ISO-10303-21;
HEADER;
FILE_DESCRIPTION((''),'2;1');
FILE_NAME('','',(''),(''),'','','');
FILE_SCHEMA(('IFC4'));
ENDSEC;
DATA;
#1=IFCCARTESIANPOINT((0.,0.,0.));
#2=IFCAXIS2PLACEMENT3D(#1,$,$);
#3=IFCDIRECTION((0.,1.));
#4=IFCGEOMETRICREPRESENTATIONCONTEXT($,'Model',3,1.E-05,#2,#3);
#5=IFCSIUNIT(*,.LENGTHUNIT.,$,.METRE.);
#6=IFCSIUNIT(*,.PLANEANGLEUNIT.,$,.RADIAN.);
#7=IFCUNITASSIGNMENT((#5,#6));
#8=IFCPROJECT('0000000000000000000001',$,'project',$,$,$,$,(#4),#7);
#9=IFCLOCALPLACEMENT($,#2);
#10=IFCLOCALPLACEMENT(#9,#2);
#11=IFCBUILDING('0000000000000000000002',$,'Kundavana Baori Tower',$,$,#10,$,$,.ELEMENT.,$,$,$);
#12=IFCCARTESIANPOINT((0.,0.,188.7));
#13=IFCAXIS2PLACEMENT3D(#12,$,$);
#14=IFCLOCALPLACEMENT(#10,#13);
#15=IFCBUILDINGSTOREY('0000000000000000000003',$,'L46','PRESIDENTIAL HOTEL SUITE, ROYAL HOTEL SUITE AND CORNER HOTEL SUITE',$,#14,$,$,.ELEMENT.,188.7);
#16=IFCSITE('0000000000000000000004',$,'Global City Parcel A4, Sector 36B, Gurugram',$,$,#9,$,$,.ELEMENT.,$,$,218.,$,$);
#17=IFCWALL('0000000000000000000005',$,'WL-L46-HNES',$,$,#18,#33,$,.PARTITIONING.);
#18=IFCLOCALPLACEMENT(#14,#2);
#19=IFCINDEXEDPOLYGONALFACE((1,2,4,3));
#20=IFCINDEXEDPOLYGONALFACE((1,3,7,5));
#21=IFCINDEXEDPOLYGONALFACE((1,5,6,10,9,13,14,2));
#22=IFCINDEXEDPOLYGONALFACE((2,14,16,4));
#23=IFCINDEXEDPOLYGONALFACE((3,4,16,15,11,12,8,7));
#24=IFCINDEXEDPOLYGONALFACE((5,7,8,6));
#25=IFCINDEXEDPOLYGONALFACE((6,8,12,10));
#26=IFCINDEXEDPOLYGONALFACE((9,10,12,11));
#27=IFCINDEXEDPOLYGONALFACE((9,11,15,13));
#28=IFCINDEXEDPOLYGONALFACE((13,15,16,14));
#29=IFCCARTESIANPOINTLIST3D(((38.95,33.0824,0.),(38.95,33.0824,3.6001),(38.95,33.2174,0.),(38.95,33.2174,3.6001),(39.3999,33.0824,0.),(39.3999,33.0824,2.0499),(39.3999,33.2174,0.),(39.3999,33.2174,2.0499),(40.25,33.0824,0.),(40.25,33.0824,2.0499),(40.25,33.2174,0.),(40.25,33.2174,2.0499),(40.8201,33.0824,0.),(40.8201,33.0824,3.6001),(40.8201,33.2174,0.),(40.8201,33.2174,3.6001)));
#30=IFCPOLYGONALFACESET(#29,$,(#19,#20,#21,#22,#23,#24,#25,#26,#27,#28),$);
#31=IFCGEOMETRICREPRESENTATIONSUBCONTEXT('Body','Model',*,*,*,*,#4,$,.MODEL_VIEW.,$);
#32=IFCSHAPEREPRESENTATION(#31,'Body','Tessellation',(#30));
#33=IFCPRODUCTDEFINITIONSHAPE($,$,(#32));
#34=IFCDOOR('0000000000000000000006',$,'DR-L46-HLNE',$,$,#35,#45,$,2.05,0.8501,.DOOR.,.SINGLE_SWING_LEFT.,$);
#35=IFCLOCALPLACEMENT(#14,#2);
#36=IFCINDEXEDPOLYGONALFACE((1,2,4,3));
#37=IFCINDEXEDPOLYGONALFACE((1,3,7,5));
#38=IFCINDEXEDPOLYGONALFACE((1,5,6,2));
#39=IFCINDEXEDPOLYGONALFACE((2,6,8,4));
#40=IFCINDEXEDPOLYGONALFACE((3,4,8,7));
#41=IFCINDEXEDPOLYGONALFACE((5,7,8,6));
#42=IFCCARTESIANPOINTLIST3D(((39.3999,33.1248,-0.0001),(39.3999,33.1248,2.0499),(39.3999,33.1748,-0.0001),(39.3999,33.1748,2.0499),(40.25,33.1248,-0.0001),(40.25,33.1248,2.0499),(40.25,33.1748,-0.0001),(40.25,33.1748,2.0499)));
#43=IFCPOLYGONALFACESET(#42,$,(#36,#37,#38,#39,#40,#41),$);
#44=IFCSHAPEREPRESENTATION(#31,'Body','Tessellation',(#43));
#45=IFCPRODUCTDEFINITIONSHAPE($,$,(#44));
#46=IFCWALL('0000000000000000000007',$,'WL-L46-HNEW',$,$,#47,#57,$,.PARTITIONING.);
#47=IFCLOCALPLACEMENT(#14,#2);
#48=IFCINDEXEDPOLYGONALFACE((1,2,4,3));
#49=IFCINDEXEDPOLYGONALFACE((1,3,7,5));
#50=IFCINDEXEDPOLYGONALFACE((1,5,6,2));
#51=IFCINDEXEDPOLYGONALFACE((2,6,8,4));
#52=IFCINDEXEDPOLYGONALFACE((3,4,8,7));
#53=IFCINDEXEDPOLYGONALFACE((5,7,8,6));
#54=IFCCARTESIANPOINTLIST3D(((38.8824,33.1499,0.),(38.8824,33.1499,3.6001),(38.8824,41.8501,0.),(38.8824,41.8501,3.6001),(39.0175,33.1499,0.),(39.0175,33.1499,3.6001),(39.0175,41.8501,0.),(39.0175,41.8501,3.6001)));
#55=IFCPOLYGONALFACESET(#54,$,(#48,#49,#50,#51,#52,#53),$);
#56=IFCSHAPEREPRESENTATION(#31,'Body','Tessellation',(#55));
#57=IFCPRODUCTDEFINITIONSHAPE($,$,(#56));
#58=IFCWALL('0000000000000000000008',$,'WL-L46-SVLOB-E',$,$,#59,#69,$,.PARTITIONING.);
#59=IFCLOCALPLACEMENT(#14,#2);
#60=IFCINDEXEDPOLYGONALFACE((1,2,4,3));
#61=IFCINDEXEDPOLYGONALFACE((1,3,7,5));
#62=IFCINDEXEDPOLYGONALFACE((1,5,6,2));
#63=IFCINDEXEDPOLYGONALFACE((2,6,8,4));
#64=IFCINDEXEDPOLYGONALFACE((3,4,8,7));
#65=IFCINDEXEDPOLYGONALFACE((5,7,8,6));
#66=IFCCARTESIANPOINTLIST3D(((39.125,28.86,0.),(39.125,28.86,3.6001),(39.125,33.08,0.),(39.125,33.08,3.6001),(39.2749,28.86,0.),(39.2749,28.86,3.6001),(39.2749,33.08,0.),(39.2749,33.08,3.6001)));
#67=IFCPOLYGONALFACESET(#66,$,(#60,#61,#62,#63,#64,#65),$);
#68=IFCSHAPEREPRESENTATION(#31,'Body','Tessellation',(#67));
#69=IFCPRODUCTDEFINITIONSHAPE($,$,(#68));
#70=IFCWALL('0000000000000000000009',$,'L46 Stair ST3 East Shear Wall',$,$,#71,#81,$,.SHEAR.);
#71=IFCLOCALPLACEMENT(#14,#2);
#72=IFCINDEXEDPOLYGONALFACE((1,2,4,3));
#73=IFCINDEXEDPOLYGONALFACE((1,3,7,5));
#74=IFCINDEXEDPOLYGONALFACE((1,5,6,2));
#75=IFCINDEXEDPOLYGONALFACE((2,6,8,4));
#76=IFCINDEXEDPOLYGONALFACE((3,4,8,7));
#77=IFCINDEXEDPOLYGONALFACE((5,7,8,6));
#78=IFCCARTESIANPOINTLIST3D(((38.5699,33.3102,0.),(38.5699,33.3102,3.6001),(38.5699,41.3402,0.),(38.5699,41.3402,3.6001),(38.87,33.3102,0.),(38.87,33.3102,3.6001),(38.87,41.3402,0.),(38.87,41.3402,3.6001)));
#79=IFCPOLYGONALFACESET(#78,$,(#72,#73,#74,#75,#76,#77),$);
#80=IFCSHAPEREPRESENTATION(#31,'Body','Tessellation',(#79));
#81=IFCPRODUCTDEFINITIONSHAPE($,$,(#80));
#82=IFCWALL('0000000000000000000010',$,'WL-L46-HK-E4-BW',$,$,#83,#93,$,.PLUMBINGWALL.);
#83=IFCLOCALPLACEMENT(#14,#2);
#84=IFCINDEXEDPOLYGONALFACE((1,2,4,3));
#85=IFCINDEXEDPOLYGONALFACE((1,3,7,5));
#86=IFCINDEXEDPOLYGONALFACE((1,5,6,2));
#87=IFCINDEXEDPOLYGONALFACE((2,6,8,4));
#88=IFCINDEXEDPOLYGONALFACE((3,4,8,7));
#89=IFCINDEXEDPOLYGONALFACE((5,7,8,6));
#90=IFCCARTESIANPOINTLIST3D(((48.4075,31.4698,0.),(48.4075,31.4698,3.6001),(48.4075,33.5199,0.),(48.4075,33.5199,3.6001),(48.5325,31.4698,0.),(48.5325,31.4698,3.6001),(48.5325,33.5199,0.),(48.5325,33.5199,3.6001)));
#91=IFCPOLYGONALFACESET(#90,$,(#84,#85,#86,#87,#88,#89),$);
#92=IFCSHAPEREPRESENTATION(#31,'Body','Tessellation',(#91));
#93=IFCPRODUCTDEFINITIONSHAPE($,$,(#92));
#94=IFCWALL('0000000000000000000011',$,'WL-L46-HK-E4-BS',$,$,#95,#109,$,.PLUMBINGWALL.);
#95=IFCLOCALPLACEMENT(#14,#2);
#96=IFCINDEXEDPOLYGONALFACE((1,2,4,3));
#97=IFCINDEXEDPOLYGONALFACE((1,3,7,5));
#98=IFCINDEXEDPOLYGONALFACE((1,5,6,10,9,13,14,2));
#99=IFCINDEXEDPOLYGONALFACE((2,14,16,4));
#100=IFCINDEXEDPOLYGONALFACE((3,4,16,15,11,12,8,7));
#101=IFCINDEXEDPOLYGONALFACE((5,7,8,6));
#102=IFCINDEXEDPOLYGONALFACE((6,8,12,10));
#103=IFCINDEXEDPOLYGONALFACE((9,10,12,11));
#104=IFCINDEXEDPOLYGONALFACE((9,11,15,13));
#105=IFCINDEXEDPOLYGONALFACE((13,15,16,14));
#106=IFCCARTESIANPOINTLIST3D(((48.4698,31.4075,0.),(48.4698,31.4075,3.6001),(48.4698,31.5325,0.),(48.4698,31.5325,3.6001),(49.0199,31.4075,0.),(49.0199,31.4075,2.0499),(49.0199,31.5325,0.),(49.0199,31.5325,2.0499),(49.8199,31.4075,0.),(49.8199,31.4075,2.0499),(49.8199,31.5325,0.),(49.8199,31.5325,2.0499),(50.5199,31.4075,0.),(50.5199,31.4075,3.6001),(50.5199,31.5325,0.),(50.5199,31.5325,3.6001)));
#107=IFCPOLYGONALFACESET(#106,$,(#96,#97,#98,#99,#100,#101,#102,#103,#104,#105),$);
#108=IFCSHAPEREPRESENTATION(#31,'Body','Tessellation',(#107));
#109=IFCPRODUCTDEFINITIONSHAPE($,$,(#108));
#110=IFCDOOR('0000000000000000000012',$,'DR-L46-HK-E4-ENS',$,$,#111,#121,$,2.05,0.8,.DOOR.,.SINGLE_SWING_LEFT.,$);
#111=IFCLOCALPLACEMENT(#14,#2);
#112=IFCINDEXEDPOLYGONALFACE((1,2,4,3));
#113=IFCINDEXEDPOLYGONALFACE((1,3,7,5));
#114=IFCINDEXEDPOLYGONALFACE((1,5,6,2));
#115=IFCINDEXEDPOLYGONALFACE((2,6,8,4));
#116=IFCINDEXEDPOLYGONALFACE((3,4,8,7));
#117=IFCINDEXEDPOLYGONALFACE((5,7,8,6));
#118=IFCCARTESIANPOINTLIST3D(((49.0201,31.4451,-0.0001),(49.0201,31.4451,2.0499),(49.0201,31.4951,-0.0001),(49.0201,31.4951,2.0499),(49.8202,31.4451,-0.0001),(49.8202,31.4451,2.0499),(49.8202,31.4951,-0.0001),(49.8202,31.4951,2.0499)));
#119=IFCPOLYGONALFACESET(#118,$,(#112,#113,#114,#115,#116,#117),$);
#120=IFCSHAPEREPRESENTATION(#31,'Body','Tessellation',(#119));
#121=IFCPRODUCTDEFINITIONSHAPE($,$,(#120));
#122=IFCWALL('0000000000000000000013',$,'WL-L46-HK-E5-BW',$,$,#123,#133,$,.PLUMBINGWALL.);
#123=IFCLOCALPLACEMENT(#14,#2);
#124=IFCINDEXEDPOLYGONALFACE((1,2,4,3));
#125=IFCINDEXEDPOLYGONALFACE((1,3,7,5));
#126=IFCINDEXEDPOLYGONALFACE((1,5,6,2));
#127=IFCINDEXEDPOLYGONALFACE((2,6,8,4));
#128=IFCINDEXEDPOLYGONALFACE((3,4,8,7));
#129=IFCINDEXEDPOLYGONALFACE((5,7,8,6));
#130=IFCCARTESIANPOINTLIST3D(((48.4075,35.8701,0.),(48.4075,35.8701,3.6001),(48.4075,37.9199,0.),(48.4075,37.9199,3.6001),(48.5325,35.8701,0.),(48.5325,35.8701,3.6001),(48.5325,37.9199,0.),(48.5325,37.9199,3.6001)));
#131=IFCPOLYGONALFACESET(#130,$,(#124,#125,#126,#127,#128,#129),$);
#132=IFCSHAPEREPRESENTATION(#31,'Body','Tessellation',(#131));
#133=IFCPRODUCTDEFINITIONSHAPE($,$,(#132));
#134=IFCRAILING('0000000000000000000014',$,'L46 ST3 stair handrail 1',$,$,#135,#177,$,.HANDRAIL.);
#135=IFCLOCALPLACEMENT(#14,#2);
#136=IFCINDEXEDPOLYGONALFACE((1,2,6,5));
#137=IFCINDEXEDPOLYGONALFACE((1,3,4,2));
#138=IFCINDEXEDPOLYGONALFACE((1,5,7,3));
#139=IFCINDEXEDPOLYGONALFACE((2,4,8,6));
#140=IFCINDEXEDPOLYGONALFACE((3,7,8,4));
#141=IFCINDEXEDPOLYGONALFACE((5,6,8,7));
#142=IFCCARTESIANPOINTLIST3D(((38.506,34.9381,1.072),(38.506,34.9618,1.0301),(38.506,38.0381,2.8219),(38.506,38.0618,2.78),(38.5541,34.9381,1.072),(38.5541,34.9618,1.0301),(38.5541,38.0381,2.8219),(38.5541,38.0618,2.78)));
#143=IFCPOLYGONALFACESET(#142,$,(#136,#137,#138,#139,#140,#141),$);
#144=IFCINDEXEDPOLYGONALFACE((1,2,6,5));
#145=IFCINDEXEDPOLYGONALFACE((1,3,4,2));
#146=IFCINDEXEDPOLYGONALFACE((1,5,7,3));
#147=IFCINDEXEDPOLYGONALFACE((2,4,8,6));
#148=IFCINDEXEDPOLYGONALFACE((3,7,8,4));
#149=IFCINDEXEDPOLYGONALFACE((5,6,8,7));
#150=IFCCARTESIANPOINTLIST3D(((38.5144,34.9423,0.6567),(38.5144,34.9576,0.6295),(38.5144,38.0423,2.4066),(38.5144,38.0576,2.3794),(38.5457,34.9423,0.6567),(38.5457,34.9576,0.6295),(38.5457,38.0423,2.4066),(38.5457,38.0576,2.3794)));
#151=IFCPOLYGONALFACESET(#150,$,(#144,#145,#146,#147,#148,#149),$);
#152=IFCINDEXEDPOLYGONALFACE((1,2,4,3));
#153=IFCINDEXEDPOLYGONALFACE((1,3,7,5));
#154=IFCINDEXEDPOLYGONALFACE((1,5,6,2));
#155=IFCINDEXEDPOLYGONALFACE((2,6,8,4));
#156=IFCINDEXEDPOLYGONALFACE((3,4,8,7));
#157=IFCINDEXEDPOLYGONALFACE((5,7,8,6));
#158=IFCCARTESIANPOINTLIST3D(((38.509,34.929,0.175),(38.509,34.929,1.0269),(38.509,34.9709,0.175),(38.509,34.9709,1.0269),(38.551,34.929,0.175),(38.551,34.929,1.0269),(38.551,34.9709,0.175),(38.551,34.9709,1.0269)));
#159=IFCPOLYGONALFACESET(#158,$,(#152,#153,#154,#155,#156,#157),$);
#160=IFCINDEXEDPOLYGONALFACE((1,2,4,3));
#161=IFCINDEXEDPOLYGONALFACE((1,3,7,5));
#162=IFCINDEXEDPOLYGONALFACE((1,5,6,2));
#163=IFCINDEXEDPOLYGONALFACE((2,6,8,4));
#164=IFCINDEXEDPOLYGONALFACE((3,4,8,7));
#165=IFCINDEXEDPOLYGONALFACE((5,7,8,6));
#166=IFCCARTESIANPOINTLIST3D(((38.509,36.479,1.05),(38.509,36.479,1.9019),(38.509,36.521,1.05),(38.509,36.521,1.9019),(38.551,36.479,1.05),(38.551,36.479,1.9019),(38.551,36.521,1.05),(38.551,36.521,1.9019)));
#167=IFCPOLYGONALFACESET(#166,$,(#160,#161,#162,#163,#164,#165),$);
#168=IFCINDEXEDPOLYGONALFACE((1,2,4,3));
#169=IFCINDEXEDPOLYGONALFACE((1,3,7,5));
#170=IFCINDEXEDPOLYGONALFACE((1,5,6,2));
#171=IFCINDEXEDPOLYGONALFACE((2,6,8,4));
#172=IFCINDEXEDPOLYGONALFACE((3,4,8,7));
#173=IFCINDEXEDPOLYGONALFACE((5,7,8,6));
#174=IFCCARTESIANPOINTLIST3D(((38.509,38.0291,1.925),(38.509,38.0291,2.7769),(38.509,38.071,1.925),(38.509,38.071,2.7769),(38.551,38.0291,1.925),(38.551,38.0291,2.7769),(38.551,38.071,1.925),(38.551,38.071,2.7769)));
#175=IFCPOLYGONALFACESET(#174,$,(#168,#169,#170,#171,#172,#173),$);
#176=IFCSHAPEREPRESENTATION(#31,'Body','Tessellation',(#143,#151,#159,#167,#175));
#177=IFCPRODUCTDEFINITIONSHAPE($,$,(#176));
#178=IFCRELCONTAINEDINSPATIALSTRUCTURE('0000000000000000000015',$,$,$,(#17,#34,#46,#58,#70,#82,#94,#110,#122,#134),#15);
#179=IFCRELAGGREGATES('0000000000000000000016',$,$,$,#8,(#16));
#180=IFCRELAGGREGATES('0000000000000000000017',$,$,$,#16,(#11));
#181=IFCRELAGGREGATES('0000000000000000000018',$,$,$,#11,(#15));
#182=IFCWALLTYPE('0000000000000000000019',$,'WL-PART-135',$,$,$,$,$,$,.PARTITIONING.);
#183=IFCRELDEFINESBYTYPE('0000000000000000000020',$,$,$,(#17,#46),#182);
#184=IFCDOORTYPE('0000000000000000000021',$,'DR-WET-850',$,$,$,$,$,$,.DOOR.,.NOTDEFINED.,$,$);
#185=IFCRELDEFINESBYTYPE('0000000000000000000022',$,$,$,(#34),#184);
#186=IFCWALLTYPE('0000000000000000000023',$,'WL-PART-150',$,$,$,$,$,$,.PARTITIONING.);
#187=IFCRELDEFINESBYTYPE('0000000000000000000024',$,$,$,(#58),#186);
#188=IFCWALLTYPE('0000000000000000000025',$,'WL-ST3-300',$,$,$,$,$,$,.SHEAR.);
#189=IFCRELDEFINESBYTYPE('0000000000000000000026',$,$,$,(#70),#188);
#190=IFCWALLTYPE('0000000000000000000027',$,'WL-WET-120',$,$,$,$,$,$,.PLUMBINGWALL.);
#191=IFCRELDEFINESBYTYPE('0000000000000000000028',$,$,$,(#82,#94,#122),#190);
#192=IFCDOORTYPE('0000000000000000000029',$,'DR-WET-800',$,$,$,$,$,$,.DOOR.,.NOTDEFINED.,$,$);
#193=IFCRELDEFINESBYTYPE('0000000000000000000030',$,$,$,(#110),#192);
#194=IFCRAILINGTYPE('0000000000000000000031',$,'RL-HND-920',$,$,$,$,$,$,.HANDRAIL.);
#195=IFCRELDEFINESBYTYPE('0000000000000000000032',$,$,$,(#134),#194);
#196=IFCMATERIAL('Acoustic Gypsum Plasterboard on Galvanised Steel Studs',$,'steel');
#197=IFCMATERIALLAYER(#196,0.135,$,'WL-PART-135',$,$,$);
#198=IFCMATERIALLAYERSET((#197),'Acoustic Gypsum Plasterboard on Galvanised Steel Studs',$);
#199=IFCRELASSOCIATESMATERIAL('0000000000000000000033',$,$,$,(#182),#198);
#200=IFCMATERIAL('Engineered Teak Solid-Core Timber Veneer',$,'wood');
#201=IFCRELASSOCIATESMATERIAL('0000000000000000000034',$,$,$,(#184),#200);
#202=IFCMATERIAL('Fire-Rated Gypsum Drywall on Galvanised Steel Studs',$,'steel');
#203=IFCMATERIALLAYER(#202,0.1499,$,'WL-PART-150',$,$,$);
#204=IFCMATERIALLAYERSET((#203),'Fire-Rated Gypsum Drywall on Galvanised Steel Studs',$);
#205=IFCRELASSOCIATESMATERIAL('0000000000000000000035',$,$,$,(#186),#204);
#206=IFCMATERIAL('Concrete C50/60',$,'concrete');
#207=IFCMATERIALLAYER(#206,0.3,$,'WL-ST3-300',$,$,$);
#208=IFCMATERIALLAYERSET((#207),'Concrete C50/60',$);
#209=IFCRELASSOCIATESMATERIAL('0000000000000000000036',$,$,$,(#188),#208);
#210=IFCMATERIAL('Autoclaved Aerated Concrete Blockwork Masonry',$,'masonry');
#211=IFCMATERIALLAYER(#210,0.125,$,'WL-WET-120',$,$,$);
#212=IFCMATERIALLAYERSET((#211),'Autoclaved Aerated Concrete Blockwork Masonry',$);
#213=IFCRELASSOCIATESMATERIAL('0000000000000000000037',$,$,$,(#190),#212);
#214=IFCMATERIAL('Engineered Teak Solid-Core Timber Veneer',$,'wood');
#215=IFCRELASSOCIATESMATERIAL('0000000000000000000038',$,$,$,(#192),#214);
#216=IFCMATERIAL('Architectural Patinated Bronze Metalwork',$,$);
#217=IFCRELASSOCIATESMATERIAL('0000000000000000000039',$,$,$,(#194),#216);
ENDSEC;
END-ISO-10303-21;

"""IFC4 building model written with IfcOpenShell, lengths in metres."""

from ifc_helpers import new_model, si_unit, direction, frame, frame_2d, origin, origin_2d, place, context, subcontext, project, spatial, rectangle, extrude, material, layer, layer_set, type_object, element, fill, save


model = new_model("IFC4")

# Units and contexts
model_context = context("Model", 3, precision=1e-05, world=origin(), true_north=direction((0.0, 1.0)))
body_context = subcontext(model_context, "Body", "Model", "MODEL_VIEW")
ifc_project = project(units=[si_unit("LENGTHUNIT", "METRE"), si_unit("PLANEANGLEUNIT", "RADIAN")], contexts=[model_context])

# Site, building, storey
site_placement = place(None, origin())
site = spatial("IfcSite", under=ifc_project, at=site_placement, Name="Global City Parcel A4, Sector 36B, Gurugram", CompositionType="ELEMENT", RefElevation=218.0)
building_placement = place(site_placement, origin())
building = spatial("IfcBuilding", under=site, at=building_placement, Name="Kundavana Baori Tower", CompositionType="ELEMENT")
storey_placement = place(building_placement, frame((0.0, 0.0, 188.7)))
storey = spatial("IfcBuildingStorey", under=building, at=storey_placement, Name="L46", Description="PRESIDENTIAL HOTEL SUITE, ROYAL HOTEL SUITE AND CORNER HOTEL SUITE", CompositionType="ELEMENT", Elevation=188.7)

# Shared definitions
ifc_material_1 = material(Name="Acoustic Gypsum Plasterboard on Galvanised Steel Studs", Category="steel")
ifc_layer_1 = layer(ifc_material_1, 0.135, Name="WL-PART-135")
ifc_layer_set_1 = layer_set([ifc_layer_1], Name="Acoustic Gypsum Plasterboard on Galvanised Steel Studs")
wall_type_1 = type_object("IfcWallType", Name="WL-PART-135", PredefinedType="PARTITIONING", material=ifc_layer_set_1)

# Wall, opening, door
wall_1_placement = place(storey_placement, frame((38.95, 33.1499, 0.0), z_axis=(0.0, 0.0, 1.0), x_axis=(1.0, 0.0, 0.0)))
wall_1 = element("IfcWall", 1, at=wall_1_placement, inside=storey, type_object=wall_type_1, Name="WL-L46-HNES", PredefinedType="PARTITIONING", context=body_context, shape_type="SweptSolid", body=[
    extrude(rectangle(XDim=1.8701, YDim=0.135, at=frame_2d((0.9351, 0.0))), origin(), (0.0, 0.0, 1.0), 3.6001),
])
opening_1_placement = place(wall_1_placement, frame((0.45, 0.0, 0.0)))
opening_1 = element("IfcOpeningElement", 2, at=opening_1_placement, cuts=wall_1, PredefinedType="OPENING", context=body_context, shape_type="SweptSolid", body=[
    extrude(rectangle(XDim=0.8501, YDim=2.05, at=frame_2d((0.425, 1.0249))), frame((0.0, 0.0776, 0.0), z_axis=(0.0, -1.0, 0.0), x_axis=(1.0, 0.0, 0.0)), (0.0, 0.0, 1.0), 0.155),
])
ifc_material_2 = material(Name="Engineered Teak Solid-Core Timber Veneer", Category="wood")
door_type_1 = type_object("IfcDoorType", Name="DR-WET-850", OperationType="NOTDEFINED", PredefinedType="DOOR", material=ifc_material_2)
door_1_placement = place(opening_1_placement, origin())
door_1 = element("IfcDoor", 3, at=door_1_placement, inside=storey, type_object=door_type_1, Name="DR-L46-HLNE", OperationType="SINGLE_SWING_LEFT", OverallHeight=2.05, OverallWidth=0.8501, PredefinedType="DOOR", context=body_context, shape_type="SweptSolid", body=[
    extrude(rectangle(XDim=0.8501, YDim=2.05, at=frame_2d((0.425, 1.0249))), frame((0.0, 0.0249, 0.0), z_axis=(0.0, -1.0, 0.0), x_axis=(1.0, 0.0, 0.0)), (0.0, 0.0, 1.0), 0.05),
])
fill(opening_1, door_1)

# Walls
wall_2_placement = place(storey_placement, frame((38.95, 33.1499, 0.0), z_axis=(0.0, 0.0, 1.0), x_axis=(0.0, 1.0, 0.0)))
element("IfcWall", 4, at=wall_2_placement, inside=storey, type_object=wall_type_1, Name="WL-L46-HNEW", PredefinedType="PARTITIONING", context=body_context, shape_type="SweptSolid", body=[
    extrude(rectangle(XDim=8.7002, YDim=0.135, at=frame_2d((4.3501, 0.0))), origin(), (0.0, 0.0, 1.0), 3.6001),
])
ifc_material_3 = material(Name="Fire-Rated Gypsum Drywall on Galvanised Steel Studs", Category="steel")
ifc_layer_2 = layer(ifc_material_3, 0.1499, Name="WL-PART-150")
ifc_layer_set_2 = layer_set([ifc_layer_2], Name="Fire-Rated Gypsum Drywall on Galvanised Steel Studs")
wall_type_2 = type_object("IfcWallType", Name="WL-PART-150", PredefinedType="PARTITIONING", material=ifc_layer_set_2)
wall_3_placement = place(storey_placement, frame((39.2, 28.8601, 0.0), z_axis=(0.0, 0.0, 1.0), x_axis=(0.0, 1.0, 0.0)))
element("IfcWall", 5, at=wall_3_placement, inside=storey, type_object=wall_type_2, Name="WL-L46-SVLOB-E", PredefinedType="PARTITIONING", context=body_context, shape_type="SweptSolid", body=[
    extrude(rectangle(XDim=4.22, YDim=0.1499, at=frame_2d((2.1099, 0.0))), origin(), (0.0, 0.0, 1.0), 3.6001),
])
ifc_material_4 = material(Name="Concrete C50/60", Category="concrete")
ifc_layer_3 = layer(ifc_material_4, 0.3, Name="WL-ST3-300")
ifc_layer_set_3 = layer_set([ifc_layer_3], Name="Concrete C50/60")
wall_type_3 = type_object("IfcWallType", Name="WL-ST3-300", PredefinedType="SHEAR", material=ifc_layer_set_3)
wall_4_placement = place(storey_placement, frame((38.72, 33.3101, 0.0), z_axis=(0.0, 0.0, 1.0), x_axis=(0.0, 1.0, 0.0)))
element("IfcWall", 6, at=wall_4_placement, inside=storey, type_object=wall_type_3, Name="L46 Stair ST3 East Shear Wall", PredefinedType="SHEAR", context=body_context, shape_type="SweptSolid", body=[
    extrude(rectangle(XDim=8.03, YDim=0.3, at=frame_2d((4.0151, 0.0))), origin(), (0.0, 0.0, 1.0), 3.6001),
])
ifc_material_5 = material(Name="Autoclaved Aerated Concrete Blockwork Masonry", Category="masonry")
ifc_layer_4 = layer(ifc_material_5, 0.125, Name="WL-WET-120")
ifc_layer_set_4 = layer_set([ifc_layer_4], Name="Autoclaved Aerated Concrete Blockwork Masonry")
wall_type_4 = type_object("IfcWallType", Name="WL-WET-120", PredefinedType="PLUMBINGWALL", material=ifc_layer_set_4)
wall_5_placement = place(storey_placement, frame((48.47, 31.47, 0.0), z_axis=(0.0, 0.0, 1.0), x_axis=(0.0, 1.0, 0.0)))
element("IfcWall", 7, at=wall_5_placement, inside=storey, type_object=wall_type_4, Name="WL-L46-HK-E4-BW", PredefinedType="PLUMBINGWALL", context=body_context, shape_type="SweptSolid", body=[
    extrude(rectangle(XDim=2.05, YDim=0.125, at=frame_2d((1.0249, 0.0))), origin(), (0.0, 0.0, 1.0), 3.6001),
])

# Wall, opening, door
wall_6_placement = place(storey_placement, frame((48.47, 31.47, 0.0), z_axis=(0.0, 0.0, 1.0), x_axis=(1.0, 0.0, 0.0)))
wall_6 = element("IfcWall", 8, at=wall_6_placement, inside=storey, type_object=wall_type_4, Name="WL-L46-HK-E4-BS", PredefinedType="PLUMBINGWALL", context=body_context, shape_type="SweptSolid", body=[
    extrude(rectangle(XDim=2.05, YDim=0.125, at=frame_2d((1.0249, 0.0))), origin(), (0.0, 0.0, 1.0), 3.6001),
])
opening_2_placement = place(wall_6_placement, frame((0.55, 0.0, 0.0)))
opening_2 = element("IfcOpeningElement", 9, at=opening_2_placement, cuts=wall_6, PredefinedType="OPENING", context=body_context, shape_type="SweptSolid", body=[
    extrude(rectangle(XDim=0.8, YDim=2.05, at=frame_2d((0.3999, 1.0249))), frame((0.0, 0.0725, 0.0), z_axis=(0.0, -1.0, 0.0), x_axis=(1.0, 0.0, 0.0)), (0.0, 0.0, 1.0), 0.145),
])
ifc_material_6 = material(Name="Engineered Teak Solid-Core Timber Veneer", Category="wood")
door_type_2 = type_object("IfcDoorType", Name="DR-WET-800", OperationType="NOTDEFINED", PredefinedType="DOOR", material=ifc_material_6)
door_2_placement = place(opening_2_placement, frame((0.8, 0.0, 0.0), z_axis=(0.0, 0.0, 1.0), x_axis=(-1.0, 0.0, 0.0)))
door_2 = element("IfcDoor", 10, at=door_2_placement, inside=storey, type_object=door_type_2, Name="DR-L46-HK-E4-ENS", OperationType="SINGLE_SWING_LEFT", OverallHeight=2.05, OverallWidth=0.8, PredefinedType="DOOR", context=body_context, shape_type="SweptSolid", body=[
    extrude(rectangle(XDim=0.8, YDim=2.05, at=frame_2d((0.3999, 1.0249))), frame((0.0, 0.0249, 0.0), z_axis=(0.0, -1.0, 0.0), x_axis=(1.0, 0.0, 0.0)), (0.0, 0.0, 1.0), 0.05),
])
fill(opening_2, door_2)

# Wall
wall_7_placement = place(storey_placement, frame((48.47, 35.8701, 0.0), z_axis=(0.0, 0.0, 1.0), x_axis=(0.0, 1.0, 0.0)))
element("IfcWall", 11, at=wall_7_placement, inside=storey, type_object=wall_type_4, Name="WL-L46-HK-E5-BW", PredefinedType="PLUMBINGWALL", context=body_context, shape_type="SweptSolid", body=[
    extrude(rectangle(XDim=2.0498, YDim=0.125, at=frame_2d((1.0249, 0.0))), origin(), (0.0, 0.0, 1.0), 3.6001),
])

# Railing
ifc_material_7 = material(Name="Architectural Patinated Bronze Metalwork")
railing_type = type_object("IfcRailingType", Name="RL-HND-920", PredefinedType="HANDRAIL", material=ifc_material_7)
railing_placement = place(storey_placement, frame((38.53, 34.95, 0.175)))
element("IfcRailing", 12, at=railing_placement, inside=storey, type_object=railing_type, Name="L46 ST3 stair handrail 1", PredefinedType="HANDRAIL", context=body_context, shape_type="SweptSolid", body=[
    extrude(rectangle(XDim=0.0481, YDim=0.0481, at=origin_2d()), frame((0.0, 0.0, 0.876), z_axis=(0.0, 0.870831, 0.491583), x_axis=(-1.0, 0.0, 0.0)), (0.0, 0.0, 1.0), 3.5598),
    extrude(rectangle(XDim=0.0312, YDim=0.0312, at=origin_2d()), frame((0.0, 0.0, 0.468), z_axis=(0.0, 0.870831, 0.491583), x_axis=(-1.0, 0.0, 0.0)), (0.0, 0.0, 1.0), 3.5598),
    extrude(rectangle(XDim=0.042, YDim=0.042, at=origin_2d()), origin(), (0.0, 0.0, 1.0), 0.8518),
    extrude(rectangle(XDim=0.042, YDim=0.042, at=origin_2d()), frame((0.0, 1.55, 0.875)), (0.0, 0.0, 1.0), 0.8518),
    extrude(rectangle(XDim=0.042, YDim=0.042, at=origin_2d()), frame((0.0, 3.1001, 1.75)), (0.0, 0.0, 1.0), 0.8518),
])

save(model, "model.ifc")
